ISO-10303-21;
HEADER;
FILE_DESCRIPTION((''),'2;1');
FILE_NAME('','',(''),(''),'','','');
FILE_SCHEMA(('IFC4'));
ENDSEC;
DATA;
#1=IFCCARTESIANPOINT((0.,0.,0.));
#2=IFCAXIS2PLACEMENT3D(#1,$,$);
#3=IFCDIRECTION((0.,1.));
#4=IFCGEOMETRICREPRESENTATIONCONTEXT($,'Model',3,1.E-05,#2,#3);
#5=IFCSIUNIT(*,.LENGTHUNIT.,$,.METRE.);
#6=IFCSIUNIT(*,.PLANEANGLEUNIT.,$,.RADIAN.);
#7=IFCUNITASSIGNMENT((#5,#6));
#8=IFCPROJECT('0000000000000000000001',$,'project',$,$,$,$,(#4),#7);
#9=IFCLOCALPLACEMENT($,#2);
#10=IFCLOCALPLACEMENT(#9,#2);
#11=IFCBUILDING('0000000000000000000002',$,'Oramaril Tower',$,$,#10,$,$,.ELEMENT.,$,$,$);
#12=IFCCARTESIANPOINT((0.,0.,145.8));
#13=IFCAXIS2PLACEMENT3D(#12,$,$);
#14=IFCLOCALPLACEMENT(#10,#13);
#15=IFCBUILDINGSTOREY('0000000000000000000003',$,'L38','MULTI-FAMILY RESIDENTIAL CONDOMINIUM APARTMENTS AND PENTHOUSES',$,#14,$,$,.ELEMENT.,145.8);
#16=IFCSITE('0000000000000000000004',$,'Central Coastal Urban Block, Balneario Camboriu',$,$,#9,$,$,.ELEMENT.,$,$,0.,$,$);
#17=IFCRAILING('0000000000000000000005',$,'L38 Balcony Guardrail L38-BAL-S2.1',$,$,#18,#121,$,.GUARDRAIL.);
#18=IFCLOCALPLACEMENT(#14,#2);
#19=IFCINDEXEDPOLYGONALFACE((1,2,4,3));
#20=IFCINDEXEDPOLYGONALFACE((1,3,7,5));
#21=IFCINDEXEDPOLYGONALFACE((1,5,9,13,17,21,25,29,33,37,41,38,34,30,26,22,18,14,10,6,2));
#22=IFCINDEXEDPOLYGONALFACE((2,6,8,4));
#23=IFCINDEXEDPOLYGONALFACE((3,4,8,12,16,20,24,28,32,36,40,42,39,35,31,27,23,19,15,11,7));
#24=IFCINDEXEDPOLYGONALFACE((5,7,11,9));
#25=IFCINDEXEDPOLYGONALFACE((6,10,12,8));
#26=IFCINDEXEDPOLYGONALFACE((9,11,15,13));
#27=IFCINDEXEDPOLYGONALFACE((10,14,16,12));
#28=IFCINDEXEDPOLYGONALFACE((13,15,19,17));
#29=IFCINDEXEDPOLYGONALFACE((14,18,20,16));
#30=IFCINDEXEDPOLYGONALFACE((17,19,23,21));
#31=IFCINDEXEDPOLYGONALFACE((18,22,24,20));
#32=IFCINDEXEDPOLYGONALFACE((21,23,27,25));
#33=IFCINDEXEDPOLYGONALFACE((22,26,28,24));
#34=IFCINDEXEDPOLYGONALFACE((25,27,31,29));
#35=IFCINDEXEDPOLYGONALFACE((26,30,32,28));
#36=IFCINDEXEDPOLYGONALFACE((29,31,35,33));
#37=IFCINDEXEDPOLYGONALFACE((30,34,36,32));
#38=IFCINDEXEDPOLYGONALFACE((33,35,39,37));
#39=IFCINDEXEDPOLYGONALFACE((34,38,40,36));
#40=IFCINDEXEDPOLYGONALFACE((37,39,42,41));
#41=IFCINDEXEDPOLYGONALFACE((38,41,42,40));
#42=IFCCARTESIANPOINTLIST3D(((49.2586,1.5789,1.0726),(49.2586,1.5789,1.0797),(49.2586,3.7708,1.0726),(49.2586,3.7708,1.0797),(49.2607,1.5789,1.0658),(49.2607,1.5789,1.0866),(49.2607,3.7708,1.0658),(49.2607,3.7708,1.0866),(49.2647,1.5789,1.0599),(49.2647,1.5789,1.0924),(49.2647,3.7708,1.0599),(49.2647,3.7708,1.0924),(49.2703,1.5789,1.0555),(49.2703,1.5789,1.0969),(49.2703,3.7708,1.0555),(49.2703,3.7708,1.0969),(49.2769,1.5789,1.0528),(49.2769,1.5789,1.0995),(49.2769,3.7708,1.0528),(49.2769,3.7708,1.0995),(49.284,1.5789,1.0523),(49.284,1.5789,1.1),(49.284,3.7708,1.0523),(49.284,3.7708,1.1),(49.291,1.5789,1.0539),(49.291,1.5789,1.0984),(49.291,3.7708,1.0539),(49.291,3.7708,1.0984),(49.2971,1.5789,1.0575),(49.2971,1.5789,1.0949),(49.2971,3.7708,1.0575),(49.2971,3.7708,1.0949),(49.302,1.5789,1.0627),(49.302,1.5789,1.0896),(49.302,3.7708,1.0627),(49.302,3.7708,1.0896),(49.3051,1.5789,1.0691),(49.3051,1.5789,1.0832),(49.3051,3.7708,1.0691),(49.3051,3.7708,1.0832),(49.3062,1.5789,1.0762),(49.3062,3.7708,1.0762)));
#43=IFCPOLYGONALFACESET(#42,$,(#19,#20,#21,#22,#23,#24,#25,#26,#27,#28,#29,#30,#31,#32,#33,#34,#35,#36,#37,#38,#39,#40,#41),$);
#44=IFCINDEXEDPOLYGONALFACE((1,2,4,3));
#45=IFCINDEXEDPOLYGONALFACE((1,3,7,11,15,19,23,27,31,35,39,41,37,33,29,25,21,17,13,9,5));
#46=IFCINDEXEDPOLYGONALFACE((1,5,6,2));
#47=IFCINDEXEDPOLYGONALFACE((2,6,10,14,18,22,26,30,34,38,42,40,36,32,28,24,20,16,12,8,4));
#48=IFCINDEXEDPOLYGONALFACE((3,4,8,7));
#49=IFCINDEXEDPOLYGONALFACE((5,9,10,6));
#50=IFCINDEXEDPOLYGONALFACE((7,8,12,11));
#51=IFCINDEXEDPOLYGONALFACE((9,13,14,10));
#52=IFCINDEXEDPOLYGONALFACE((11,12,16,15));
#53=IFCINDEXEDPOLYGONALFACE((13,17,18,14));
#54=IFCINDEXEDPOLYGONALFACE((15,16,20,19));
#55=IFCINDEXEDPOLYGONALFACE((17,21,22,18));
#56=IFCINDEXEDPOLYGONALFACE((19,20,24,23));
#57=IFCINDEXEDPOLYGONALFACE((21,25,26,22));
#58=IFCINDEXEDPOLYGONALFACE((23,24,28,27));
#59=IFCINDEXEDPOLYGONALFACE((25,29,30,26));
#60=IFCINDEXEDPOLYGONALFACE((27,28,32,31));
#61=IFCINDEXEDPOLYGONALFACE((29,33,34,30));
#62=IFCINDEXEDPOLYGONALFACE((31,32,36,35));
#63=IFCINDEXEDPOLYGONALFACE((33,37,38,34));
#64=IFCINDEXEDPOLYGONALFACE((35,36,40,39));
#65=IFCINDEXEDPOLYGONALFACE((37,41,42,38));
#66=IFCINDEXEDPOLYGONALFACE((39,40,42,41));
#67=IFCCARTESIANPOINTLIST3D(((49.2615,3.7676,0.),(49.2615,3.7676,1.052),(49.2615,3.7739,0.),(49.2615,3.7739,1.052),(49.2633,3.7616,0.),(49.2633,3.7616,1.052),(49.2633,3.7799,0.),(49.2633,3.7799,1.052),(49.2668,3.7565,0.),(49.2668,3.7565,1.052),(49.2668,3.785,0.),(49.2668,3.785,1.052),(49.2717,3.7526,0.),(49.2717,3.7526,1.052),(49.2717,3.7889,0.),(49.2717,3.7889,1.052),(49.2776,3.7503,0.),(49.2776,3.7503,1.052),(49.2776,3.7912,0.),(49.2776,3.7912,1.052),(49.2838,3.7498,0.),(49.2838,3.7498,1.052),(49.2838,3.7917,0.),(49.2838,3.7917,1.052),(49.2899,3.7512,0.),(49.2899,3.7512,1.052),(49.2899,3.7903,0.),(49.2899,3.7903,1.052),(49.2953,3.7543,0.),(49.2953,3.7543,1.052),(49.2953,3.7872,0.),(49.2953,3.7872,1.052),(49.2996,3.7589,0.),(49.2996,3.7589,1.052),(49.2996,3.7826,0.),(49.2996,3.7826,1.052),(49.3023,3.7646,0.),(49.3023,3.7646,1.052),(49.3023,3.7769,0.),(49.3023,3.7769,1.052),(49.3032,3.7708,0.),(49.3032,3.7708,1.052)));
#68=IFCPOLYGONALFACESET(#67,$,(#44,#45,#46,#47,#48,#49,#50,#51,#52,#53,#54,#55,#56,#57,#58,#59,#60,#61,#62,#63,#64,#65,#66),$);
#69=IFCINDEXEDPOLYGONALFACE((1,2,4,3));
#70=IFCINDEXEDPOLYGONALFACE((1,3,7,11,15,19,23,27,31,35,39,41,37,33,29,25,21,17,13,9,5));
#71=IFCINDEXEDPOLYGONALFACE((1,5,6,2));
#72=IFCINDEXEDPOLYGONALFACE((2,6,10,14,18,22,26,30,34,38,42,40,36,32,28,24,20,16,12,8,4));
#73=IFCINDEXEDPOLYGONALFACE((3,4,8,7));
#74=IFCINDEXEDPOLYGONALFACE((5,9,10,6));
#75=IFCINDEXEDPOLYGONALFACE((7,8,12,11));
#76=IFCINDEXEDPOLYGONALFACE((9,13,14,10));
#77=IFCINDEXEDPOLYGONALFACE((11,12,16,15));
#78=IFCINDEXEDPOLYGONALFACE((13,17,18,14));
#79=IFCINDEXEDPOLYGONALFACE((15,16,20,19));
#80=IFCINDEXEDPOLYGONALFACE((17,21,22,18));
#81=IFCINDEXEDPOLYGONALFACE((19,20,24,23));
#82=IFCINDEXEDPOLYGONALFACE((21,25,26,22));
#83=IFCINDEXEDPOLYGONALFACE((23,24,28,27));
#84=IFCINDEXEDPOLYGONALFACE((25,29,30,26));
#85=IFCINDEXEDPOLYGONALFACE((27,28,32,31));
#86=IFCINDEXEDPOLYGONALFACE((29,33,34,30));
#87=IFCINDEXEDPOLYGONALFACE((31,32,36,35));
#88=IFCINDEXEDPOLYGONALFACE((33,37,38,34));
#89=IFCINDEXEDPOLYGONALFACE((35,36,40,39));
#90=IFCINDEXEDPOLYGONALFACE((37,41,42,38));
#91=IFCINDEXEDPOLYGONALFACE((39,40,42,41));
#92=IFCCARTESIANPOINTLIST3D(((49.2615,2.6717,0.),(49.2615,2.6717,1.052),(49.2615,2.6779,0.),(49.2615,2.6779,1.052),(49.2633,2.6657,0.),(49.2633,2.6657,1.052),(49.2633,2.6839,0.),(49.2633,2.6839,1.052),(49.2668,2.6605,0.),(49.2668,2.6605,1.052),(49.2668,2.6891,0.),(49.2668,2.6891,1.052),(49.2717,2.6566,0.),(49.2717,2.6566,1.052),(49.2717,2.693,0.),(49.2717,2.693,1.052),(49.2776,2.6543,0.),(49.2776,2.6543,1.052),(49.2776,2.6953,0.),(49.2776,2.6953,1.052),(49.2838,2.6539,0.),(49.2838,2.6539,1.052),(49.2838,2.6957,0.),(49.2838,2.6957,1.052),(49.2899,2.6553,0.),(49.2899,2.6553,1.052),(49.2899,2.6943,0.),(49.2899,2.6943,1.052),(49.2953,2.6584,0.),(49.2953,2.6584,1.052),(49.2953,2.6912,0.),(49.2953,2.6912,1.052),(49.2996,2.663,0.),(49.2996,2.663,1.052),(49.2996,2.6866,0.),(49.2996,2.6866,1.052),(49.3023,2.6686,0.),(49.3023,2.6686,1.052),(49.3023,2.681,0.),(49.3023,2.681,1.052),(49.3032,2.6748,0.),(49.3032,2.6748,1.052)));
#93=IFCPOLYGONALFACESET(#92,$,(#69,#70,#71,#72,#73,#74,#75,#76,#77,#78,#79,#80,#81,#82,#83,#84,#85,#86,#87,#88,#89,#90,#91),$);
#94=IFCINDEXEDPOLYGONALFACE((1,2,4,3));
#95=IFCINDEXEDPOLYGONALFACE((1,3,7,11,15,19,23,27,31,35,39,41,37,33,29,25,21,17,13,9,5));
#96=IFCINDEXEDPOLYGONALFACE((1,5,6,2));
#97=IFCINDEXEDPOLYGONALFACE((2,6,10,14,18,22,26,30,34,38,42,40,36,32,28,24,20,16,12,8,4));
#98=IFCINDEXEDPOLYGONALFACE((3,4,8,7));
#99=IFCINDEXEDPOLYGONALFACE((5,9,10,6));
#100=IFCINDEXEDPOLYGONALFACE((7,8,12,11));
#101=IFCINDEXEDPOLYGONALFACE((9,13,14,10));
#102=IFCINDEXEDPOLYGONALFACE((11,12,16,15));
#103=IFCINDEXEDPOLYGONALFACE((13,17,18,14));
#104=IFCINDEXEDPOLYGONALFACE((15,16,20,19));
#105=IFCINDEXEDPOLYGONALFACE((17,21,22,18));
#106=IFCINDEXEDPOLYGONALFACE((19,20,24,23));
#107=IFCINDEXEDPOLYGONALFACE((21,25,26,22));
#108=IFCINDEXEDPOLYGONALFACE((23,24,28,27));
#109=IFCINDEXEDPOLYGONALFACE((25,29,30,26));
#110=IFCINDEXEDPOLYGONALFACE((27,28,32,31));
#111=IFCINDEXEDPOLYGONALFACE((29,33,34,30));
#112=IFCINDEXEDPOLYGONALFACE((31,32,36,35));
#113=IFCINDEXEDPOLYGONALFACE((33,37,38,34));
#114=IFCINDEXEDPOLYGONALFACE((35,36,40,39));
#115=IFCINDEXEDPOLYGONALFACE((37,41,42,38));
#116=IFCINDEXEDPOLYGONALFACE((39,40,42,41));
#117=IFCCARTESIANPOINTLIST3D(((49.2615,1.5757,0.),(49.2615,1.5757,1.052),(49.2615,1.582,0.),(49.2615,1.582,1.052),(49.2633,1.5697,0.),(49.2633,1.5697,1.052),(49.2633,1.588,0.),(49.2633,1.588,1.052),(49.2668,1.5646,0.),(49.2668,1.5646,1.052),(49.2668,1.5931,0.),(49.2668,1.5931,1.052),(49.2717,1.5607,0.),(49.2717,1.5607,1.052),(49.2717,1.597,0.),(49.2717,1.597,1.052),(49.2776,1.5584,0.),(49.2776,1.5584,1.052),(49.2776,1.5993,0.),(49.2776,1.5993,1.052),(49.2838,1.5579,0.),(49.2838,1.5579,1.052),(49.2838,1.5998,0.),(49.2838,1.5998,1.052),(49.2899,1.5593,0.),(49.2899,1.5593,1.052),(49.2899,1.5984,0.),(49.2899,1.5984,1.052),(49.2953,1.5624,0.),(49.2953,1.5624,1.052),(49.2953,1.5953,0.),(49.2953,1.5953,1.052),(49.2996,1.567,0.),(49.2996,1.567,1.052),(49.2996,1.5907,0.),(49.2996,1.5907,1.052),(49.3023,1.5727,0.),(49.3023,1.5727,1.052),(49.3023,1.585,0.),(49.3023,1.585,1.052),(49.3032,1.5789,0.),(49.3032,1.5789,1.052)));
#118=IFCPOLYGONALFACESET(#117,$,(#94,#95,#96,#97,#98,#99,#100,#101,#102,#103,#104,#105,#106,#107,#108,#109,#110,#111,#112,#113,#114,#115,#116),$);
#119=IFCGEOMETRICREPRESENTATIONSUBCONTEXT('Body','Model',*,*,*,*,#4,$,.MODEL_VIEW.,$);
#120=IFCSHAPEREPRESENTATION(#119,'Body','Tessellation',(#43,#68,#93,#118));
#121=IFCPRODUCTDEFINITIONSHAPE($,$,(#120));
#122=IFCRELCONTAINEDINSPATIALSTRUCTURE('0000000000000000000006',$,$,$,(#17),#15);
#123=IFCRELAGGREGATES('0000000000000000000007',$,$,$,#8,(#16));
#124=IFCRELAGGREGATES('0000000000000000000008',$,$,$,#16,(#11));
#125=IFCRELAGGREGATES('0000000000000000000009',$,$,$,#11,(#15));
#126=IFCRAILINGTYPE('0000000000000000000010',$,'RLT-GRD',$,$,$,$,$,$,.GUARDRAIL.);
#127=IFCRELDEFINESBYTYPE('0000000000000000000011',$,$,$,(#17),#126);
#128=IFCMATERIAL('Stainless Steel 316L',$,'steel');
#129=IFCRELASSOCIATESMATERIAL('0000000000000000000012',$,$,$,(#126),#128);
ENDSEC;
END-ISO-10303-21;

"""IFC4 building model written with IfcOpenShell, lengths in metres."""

from ifc_helpers import new_model, si_unit, direction, frame, origin, origin_2d, place, context, subcontext, project, spatial, circle, extrude, material, type_object, element, save


model = new_model("IFC4")

# Units and contexts
model_context = context("Model", 3, precision=1e-05, world=origin(), true_north=direction((0.0, 1.0)))
body_context = subcontext(model_context, "Body", "Model", "MODEL_VIEW")
ifc_project = project(units=[si_unit("LENGTHUNIT", "METRE"), si_unit("PLANEANGLEUNIT", "RADIAN")], contexts=[model_context])

# Site, building, storey
site_placement = place(None, origin())
site = spatial("IfcSite", under=ifc_project, at=site_placement, Name="Central Coastal Urban Block, Balneario Camboriu", CompositionType="ELEMENT", RefElevation=0.0)
building_placement = place(site_placement, origin())
building = spatial("IfcBuilding", under=site, at=building_placement, Name="Oramaril Tower", CompositionType="ELEMENT")
storey_placement = place(building_placement, frame((0.0, 0.0, 145.8)))
storey = spatial("IfcBuildingStorey", under=building, at=storey_placement, Name="L38", Description="MULTI-FAMILY RESIDENTIAL CONDOMINIUM APARTMENTS AND PENTHOUSES", CompositionType="ELEMENT", Elevation=145.8)

# Railing
ifc_material_1 = material(Name="Stainless Steel 316L", Category="steel")
railing_type = type_object("IfcRailingType", Name="RLT-GRD", PredefinedType="GUARDRAIL", material=ifc_material_1)
railing_1_placement = place(storey_placement, frame((49.2822, 3.7708, 0.0)))
element("IfcRailing", 1, at=railing_1_placement, inside=storey, type_object=railing_type, Name="L38 Balcony Guardrail L38-BAL-S2.1", PredefinedType="GUARDRAIL", context=body_context, shape_type="SweptSolid", body=[
    extrude(circle(Radius=0.0239, at=origin_2d()), frame((0.0, 0.0, 1.0762), z_axis=(0.0, -1.0, 0.0), x_axis=(1.0, 0.0, 0.0)), (0.0, 0.0, 1.0), 2.1919),
    extrude(circle(Radius=0.021, at=origin_2d()), origin(), (0.0, 0.0, 1.0), 1.052),
    extrude(circle(Radius=0.021, at=origin_2d()), frame((0.0, -1.0959, 0.0)), (0.0, 0.0, 1.0), 1.052),
    extrude(circle(Radius=0.021, at=origin_2d()), frame((0.0, -2.1919, 0.0)), (0.0, 0.0, 1.0), 1.052),
])

save(model, "model.ifc")
